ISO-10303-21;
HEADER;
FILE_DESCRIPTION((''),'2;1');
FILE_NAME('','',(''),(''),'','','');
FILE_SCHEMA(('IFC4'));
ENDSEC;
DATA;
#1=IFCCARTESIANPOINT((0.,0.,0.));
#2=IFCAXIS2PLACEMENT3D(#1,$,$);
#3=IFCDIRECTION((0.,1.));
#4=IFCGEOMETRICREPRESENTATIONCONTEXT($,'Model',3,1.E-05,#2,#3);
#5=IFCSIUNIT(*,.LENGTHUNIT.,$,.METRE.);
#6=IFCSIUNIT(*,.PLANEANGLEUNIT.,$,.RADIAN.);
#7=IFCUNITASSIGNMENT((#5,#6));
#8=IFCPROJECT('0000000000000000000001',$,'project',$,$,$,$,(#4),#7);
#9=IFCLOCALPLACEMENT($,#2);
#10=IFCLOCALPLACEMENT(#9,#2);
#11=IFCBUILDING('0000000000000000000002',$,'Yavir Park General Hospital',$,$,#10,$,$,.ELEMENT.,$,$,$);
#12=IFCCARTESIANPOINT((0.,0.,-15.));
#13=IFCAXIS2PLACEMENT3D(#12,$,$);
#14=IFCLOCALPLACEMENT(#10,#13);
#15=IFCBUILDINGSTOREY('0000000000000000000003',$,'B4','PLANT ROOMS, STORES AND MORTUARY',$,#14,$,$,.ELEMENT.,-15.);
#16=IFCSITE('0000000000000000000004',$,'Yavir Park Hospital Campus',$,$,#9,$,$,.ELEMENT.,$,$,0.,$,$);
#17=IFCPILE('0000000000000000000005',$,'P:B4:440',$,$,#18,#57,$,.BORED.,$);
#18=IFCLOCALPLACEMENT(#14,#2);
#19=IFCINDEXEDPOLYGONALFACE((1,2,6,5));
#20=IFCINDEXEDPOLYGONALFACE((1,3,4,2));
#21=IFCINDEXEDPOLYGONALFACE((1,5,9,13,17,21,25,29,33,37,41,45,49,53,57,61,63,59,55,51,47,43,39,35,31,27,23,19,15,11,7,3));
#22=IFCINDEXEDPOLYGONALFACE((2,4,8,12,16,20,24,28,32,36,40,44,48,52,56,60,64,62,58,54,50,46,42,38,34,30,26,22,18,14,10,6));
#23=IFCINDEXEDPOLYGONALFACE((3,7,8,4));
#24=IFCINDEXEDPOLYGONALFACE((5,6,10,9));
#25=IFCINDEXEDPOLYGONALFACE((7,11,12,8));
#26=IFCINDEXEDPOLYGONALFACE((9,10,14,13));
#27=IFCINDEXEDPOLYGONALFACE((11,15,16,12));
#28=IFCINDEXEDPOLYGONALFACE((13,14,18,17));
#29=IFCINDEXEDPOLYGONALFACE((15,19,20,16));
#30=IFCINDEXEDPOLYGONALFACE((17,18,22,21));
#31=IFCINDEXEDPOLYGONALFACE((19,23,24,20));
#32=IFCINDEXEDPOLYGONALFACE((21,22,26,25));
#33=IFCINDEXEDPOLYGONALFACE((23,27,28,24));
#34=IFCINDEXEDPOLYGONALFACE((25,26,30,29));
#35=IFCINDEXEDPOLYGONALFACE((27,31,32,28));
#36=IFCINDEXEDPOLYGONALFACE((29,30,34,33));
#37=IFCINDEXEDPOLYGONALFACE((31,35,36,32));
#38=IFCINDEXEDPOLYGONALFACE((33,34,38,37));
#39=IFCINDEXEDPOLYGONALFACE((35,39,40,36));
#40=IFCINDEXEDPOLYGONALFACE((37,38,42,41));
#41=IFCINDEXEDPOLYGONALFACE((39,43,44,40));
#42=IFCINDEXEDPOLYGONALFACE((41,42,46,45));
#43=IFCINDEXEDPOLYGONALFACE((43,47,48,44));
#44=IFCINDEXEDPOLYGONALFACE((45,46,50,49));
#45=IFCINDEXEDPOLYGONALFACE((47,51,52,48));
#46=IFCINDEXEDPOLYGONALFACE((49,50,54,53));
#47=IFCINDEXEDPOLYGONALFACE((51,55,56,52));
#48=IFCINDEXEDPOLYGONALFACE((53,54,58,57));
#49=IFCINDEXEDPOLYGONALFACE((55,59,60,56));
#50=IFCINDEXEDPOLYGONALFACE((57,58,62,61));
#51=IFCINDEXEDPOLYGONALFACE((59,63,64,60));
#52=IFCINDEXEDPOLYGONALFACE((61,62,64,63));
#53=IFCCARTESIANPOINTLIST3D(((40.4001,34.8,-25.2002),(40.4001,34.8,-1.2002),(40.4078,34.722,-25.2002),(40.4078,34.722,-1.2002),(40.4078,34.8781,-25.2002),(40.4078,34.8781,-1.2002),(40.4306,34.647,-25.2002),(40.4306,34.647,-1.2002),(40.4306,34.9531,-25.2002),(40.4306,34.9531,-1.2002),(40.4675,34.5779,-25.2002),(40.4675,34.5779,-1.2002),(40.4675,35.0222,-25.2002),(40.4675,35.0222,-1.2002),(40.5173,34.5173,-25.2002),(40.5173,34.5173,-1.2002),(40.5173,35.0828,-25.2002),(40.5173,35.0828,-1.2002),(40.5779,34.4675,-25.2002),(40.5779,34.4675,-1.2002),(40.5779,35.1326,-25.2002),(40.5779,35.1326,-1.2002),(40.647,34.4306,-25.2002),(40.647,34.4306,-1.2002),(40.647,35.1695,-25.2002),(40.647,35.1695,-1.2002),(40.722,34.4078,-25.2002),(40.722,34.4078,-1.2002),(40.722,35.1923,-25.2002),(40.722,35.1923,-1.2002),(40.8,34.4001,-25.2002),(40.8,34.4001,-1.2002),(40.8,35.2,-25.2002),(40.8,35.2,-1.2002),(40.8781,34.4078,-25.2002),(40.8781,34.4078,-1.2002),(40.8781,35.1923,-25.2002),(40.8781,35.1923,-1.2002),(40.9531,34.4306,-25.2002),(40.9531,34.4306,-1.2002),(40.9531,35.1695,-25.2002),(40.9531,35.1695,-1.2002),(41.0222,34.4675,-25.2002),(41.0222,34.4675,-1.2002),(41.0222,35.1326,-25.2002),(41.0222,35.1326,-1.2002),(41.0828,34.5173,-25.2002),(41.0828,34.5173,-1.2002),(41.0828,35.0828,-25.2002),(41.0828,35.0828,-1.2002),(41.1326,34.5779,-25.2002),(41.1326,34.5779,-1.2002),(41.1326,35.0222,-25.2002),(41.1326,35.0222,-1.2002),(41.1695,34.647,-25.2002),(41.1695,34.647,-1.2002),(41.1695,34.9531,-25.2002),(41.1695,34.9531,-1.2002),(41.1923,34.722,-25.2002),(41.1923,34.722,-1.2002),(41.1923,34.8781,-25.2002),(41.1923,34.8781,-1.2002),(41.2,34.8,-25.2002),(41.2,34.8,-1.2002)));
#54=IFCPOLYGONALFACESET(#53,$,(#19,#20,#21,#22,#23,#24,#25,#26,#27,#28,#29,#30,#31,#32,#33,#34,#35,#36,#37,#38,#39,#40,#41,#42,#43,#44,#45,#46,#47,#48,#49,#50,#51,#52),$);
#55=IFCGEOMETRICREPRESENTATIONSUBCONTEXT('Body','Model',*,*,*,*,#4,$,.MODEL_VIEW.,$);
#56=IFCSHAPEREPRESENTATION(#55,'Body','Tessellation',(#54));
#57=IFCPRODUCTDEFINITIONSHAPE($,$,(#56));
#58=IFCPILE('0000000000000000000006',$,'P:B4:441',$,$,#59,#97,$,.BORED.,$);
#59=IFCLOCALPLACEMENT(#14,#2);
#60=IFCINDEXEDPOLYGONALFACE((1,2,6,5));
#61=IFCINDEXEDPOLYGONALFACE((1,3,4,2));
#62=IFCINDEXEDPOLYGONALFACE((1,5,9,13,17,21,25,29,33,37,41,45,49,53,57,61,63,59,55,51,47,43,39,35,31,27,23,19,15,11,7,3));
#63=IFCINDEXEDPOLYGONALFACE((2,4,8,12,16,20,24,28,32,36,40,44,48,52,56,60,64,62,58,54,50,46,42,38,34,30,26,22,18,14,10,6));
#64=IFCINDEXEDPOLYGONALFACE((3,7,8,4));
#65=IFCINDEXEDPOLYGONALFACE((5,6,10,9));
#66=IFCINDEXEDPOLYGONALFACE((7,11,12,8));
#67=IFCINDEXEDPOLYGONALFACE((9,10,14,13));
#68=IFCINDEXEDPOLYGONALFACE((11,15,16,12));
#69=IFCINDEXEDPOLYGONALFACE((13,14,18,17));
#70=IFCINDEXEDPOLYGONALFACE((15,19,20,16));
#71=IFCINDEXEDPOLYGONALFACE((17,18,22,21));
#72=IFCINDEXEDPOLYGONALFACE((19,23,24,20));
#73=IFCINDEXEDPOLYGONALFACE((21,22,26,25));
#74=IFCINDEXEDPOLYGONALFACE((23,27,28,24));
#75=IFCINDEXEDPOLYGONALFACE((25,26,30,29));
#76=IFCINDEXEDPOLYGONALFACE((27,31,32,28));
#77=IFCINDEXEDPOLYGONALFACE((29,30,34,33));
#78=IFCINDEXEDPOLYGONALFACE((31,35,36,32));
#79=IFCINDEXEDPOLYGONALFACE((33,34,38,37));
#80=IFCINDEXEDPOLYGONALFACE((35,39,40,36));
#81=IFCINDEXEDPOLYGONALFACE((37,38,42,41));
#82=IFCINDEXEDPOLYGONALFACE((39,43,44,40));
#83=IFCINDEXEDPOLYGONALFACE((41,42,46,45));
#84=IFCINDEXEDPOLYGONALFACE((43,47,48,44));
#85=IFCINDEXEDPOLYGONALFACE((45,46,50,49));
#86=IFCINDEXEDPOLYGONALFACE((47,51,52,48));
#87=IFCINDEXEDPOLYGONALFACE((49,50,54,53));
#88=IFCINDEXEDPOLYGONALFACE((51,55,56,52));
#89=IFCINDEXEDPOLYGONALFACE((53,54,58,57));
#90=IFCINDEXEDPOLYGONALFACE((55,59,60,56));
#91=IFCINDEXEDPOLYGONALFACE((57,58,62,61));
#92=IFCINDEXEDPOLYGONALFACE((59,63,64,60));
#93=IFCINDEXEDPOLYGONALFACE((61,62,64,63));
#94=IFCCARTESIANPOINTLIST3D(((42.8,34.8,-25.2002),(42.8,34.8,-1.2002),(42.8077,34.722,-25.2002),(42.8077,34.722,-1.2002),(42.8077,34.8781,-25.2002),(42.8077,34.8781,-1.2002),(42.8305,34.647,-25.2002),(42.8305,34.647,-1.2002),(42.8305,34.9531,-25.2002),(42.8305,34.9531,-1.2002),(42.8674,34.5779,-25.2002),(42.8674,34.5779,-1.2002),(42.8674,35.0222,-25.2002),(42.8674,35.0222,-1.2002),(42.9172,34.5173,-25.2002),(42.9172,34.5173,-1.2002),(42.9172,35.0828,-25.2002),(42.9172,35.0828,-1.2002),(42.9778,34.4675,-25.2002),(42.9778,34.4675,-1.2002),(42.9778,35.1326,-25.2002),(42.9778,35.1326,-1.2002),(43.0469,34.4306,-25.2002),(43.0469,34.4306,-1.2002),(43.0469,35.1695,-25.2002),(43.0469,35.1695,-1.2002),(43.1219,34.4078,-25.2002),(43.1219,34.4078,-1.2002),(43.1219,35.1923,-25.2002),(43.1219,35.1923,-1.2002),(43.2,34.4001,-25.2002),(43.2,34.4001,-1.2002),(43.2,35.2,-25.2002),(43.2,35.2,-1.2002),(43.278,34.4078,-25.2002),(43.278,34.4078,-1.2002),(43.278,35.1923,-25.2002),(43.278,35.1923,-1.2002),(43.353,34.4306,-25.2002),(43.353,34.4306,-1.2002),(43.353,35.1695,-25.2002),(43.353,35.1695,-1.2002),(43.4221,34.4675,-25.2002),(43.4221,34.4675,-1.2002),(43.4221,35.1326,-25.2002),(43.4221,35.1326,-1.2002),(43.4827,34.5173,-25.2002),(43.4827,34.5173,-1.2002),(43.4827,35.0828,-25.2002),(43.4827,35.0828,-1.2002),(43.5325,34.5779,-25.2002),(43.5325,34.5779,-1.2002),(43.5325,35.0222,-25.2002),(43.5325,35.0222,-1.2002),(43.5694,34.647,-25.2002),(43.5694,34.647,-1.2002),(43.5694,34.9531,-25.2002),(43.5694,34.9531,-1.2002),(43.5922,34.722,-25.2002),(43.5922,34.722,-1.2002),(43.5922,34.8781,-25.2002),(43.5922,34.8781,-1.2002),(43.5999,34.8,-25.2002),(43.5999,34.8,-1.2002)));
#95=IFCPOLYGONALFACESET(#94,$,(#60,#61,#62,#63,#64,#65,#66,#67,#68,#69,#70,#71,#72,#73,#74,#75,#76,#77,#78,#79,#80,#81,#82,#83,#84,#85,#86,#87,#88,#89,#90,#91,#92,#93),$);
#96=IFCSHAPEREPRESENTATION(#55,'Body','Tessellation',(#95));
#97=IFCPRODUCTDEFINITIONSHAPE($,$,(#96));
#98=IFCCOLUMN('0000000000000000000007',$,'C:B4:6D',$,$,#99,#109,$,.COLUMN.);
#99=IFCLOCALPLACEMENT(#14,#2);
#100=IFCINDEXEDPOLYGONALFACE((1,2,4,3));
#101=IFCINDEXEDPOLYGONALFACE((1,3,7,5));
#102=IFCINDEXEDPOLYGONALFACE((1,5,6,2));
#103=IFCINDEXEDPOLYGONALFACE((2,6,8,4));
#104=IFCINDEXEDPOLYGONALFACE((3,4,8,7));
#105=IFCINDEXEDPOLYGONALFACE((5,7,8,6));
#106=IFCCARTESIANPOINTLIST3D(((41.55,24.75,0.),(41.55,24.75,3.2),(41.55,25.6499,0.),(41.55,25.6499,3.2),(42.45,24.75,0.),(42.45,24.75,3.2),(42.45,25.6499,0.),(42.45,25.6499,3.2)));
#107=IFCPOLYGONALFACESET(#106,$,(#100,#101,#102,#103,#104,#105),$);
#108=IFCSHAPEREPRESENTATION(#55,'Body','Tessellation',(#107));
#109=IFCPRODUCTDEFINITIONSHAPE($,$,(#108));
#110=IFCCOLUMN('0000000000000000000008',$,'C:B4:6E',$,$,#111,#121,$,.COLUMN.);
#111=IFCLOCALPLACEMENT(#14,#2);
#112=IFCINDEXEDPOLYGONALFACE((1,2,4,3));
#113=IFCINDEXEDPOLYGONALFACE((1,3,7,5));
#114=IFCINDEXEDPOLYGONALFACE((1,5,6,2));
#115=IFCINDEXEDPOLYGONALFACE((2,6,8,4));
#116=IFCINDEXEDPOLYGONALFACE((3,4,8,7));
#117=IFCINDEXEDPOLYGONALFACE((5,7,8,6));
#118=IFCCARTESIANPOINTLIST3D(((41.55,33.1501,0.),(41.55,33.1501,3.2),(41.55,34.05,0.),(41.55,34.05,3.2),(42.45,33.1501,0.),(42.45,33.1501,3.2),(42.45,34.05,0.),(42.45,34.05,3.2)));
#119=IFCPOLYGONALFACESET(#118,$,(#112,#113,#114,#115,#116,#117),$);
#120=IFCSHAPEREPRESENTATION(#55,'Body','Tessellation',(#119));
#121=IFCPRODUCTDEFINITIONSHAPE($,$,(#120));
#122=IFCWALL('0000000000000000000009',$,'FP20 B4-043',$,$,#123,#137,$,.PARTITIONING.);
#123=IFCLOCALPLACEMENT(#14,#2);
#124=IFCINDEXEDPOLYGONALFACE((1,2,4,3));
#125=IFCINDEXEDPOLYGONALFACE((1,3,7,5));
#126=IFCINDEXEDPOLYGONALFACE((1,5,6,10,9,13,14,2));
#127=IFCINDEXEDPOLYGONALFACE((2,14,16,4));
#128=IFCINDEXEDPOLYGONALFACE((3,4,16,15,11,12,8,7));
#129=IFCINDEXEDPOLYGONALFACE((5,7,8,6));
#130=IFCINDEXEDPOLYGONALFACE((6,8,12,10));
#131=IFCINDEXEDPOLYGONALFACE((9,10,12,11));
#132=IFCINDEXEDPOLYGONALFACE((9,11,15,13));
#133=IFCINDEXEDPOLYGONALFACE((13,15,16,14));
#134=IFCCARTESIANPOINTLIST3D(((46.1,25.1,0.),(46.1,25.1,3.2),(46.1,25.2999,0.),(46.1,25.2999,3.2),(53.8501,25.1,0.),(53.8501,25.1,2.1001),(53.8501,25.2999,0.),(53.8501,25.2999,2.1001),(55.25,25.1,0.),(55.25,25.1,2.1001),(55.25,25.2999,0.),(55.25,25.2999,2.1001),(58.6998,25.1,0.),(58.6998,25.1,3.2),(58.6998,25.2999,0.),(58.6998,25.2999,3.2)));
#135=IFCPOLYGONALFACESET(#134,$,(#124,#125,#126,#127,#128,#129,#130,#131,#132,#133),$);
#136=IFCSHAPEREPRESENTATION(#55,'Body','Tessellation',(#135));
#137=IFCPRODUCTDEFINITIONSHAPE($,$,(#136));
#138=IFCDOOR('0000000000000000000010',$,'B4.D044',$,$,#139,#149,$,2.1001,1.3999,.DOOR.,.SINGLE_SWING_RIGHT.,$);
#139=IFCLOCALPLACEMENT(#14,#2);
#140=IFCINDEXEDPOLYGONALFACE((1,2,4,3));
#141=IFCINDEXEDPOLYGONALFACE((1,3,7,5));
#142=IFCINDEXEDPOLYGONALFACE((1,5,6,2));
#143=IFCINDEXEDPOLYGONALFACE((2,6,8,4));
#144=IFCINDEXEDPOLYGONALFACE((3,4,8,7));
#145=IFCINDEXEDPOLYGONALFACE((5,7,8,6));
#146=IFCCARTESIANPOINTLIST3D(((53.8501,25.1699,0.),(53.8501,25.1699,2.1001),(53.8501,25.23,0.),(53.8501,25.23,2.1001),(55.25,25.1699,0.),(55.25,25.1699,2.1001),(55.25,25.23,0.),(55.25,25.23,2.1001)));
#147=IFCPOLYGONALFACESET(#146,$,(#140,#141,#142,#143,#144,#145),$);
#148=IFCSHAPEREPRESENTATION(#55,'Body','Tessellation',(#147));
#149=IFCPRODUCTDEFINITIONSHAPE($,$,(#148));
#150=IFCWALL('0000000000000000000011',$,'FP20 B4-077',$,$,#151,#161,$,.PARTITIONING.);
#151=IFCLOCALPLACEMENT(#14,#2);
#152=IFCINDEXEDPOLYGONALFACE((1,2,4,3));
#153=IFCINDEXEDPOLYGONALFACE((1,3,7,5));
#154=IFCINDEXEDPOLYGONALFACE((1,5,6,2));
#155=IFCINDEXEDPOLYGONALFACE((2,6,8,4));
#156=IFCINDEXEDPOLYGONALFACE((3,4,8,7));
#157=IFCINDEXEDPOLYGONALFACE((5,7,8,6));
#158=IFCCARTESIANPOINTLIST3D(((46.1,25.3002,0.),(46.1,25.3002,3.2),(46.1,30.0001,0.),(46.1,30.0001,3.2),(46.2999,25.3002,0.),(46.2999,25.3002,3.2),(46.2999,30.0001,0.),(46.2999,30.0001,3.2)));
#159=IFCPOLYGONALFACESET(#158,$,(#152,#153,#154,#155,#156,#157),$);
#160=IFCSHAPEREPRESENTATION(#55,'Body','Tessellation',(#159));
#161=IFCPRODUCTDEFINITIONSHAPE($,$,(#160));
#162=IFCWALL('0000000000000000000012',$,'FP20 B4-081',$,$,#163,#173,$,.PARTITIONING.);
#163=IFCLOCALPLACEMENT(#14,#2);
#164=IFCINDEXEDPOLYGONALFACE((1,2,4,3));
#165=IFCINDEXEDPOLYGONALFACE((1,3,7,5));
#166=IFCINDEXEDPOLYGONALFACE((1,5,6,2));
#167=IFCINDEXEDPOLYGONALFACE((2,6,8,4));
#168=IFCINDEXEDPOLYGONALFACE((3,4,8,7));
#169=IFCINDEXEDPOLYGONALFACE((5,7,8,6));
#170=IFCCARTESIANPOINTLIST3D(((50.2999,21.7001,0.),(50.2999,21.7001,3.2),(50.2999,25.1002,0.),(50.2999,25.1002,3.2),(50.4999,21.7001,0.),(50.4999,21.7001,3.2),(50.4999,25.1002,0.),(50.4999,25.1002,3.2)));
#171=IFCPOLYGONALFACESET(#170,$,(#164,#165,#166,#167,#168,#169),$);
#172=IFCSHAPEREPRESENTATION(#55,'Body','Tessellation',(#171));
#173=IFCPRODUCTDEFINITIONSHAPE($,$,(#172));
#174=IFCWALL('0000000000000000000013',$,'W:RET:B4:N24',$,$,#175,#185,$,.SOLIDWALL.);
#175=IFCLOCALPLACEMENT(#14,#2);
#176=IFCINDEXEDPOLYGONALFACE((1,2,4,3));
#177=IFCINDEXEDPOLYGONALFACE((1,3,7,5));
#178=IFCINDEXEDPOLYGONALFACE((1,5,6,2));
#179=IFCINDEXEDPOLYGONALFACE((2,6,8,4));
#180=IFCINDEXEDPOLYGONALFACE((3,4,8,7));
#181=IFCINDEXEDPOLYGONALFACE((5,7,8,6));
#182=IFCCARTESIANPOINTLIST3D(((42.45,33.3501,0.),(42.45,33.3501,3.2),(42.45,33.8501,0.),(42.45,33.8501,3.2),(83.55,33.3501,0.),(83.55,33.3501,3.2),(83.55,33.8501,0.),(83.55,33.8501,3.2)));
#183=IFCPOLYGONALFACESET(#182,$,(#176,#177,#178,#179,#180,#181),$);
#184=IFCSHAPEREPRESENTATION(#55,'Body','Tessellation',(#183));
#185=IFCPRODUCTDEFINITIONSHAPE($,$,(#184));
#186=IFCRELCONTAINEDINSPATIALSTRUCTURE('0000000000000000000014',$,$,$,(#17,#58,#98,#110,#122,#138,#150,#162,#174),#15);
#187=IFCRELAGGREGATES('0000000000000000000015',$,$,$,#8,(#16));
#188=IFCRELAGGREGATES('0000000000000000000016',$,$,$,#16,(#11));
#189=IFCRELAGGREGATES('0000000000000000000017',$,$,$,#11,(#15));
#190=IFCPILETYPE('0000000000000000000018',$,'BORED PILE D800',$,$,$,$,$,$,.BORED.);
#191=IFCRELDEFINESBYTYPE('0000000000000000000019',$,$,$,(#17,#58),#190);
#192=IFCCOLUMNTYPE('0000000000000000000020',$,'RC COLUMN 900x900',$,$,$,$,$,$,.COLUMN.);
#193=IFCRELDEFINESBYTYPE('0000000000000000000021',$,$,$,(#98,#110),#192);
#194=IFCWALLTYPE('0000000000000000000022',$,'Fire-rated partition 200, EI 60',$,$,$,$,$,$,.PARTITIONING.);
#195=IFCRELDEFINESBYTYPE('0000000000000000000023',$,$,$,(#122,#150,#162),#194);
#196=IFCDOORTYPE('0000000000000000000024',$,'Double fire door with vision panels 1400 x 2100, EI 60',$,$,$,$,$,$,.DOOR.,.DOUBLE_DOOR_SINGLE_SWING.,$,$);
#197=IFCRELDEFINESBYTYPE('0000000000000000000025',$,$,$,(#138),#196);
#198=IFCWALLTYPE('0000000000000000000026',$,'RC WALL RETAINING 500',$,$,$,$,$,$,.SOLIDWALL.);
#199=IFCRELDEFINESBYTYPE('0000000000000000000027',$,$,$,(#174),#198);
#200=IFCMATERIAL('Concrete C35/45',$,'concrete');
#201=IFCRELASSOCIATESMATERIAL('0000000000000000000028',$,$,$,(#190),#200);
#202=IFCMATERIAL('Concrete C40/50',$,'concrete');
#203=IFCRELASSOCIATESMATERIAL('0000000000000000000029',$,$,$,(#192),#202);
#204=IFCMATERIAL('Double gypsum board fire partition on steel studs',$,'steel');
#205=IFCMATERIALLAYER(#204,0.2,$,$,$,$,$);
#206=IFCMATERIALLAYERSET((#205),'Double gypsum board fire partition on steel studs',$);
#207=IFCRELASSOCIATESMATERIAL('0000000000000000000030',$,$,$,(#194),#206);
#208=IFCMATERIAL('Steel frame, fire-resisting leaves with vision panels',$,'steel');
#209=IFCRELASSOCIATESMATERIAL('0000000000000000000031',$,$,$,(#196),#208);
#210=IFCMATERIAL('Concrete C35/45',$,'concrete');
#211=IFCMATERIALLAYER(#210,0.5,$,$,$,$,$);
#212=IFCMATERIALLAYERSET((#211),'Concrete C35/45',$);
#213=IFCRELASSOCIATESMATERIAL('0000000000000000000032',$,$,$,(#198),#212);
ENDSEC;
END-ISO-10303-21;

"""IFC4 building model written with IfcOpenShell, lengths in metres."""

from ifc_helpers import new_model, si_unit, direction, frame, frame_2d, origin, origin_2d, place, context, subcontext, project, spatial, rectangle, circle, extrude, material, layer, layer_set, material_profile, profile_set, type_object, element, fill, save


model = new_model("IFC4")

# Units and contexts
model_context = context("Model", 3, precision=1e-05, world=origin(), true_north=direction((0.0, 1.0)))
body_context = subcontext(model_context, "Body", "Model", "MODEL_VIEW")
ifc_project = project(units=[si_unit("LENGTHUNIT", "METRE"), si_unit("PLANEANGLEUNIT", "RADIAN")], contexts=[model_context])

# Site, building, storey
site_placement = place(None, origin())
site = spatial("IfcSite", under=ifc_project, at=site_placement, Name="Yavir Park Hospital Campus", CompositionType="ELEMENT", RefElevation=0.0)
building_placement = place(site_placement, origin())
building = spatial("IfcBuilding", under=site, at=building_placement, Name="Yavir Park General Hospital", CompositionType="ELEMENT")
storey_placement = place(building_placement, frame((0.0, 0.0, -15.0)))
storey = spatial("IfcBuildingStorey", under=building, at=storey_placement, Name="B4", Description="PLANT ROOMS, STORES AND MORTUARY", CompositionType="ELEMENT", Elevation=-15.0)

# Piles
ifc_material_1 = material(Name="Concrete C35/45", Category="concrete")
ifc_material_profile_1 = material_profile(ifc_material_1, circle(Radius=0.3999, at=origin_2d()), Name="D800")
ifc_profile_set_1 = profile_set([ifc_material_profile_1], Name="Concrete C35/45")
pile_type_1 = type_object("IfcPileType", Name="BORED PILE D800", PredefinedType="BORED", material=ifc_profile_set_1)
for number, where, z_axis, x_axis, name in (
    (1, (40.8, 34.8, -1.2002), (0.0, 0.0, -1.0), (1.0, 0.0, 0.0), "P:B4:440"),
    (2, (43.2, 34.8, -1.2002), (0.0, 0.0, -1.0), (1.0, 0.0, 0.0), "P:B4:441"),
):
    element("IfcPile", number, at=place(storey_placement, frame(where, z_axis=z_axis, x_axis=x_axis)), inside=storey, type_object=pile_type_1, Name=name, PredefinedType="BORED", context=body_context, shape_type="SweptSolid", body=[
        extrude(circle(Radius=0.3999, at=origin_2d()), origin(), (0.0, 0.0, 1.0), 24.0),
    ])

# Columns
ifc_material_2 = material(Name="Concrete C40/50", Category="concrete")
ifc_material_profile_2 = material_profile(ifc_material_2, rectangle(XDim=0.8999, YDim=0.8999, at=origin_2d()), Name="RC900x900")
ifc_profile_set_2 = profile_set([ifc_material_profile_2], Name="Concrete C40/50")
column_type = type_object("IfcColumnType", Name="RC COLUMN 900x900", PredefinedType="COLUMN", material=ifc_profile_set_2)
for number, where, z_axis, x_axis, name in (
    (3, (42.0, 25.2, 0.0), (0.0, 0.0, 1.0), (1.0, 0.0, 0.0), "C:B4:6D"),
    (4, (42.0, 33.6001, 0.0), (0.0, 0.0, 1.0), (1.0, 0.0, 0.0), "C:B4:6E"),
):
    element("IfcColumn", number, at=place(storey_placement, frame(where, z_axis=z_axis, x_axis=x_axis)), inside=storey, type_object=column_type, Name=name, PredefinedType="COLUMN", context=body_context, shape_type="SweptSolid", body=[
        extrude(rectangle(XDim=0.8999, YDim=0.8999, at=origin_2d()), origin(), (0.0, 0.0, 1.0), 3.2),
    ])

# Wall, opening, door
ifc_material_3 = material(Name="Double gypsum board fire partition on steel studs", Category="steel")
ifc_layer_1 = layer(ifc_material_3, 0.2)
ifc_layer_set_1 = layer_set([ifc_layer_1], Name="Double gypsum board fire partition on steel studs")
wall_type_1 = type_object("IfcWallType", Name="Fire-rated partition 200, EI 60", PredefinedType="PARTITIONING", material=ifc_layer_set_1)
wall_1_placement = place(storey_placement, frame((46.1001, 25.2, 0.0), z_axis=(0.0, 0.0, 1.0), x_axis=(1.0, 0.0, 0.0)))
wall_1 = element("IfcWall", 5, at=wall_1_placement, inside=storey, type_object=wall_type_1, Name="FP20 B4-043", PredefinedType="PARTITIONING", context=body_context, shape_type="SweptSolid", body=[
    extrude(rectangle(XDim=12.5999, YDim=0.2, at=frame_2d((6.2998, 0.0))), origin(), (0.0, 0.0, 1.0), 3.2),
])
opening_1_placement = place(wall_1_placement, frame((7.75, 0.0, 0.0)))
opening_1 = element("IfcOpeningElement", 6, at=opening_1_placement, cuts=wall_1, PredefinedType="OPENING", context=body_context, shape_type="SweptSolid", body=[
    extrude(rectangle(XDim=1.3999, YDim=2.1001, at=frame_2d((0.7, 1.05))), frame((0.0, 0.1099, 0.0), z_axis=(0.0, -1.0, 0.0), x_axis=(1.0, 0.0, 0.0)), (0.0, 0.0, 1.0), 0.22),
])
ifc_material_4 = material(Name="Steel frame, fire-resisting leaves with vision panels", Category="steel")
door_type_1 = type_object("IfcDoorType", Name="Double fire door with vision panels 1400 x 2100, EI 60", OperationType="DOUBLE_DOOR_SINGLE_SWING", PredefinedType="DOOR", material=ifc_material_4)
door_1_placement = place(opening_1_placement, origin())
door_1 = element("IfcDoor", 7, at=door_1_placement, inside=storey, type_object=door_type_1, Name="B4.D044", OperationType="SINGLE_SWING_RIGHT", OverallHeight=2.1001, OverallWidth=1.3999, PredefinedType="DOOR", context=body_context, shape_type="SweptSolid", body=[
    extrude(rectangle(XDim=1.3999, YDim=2.1001, at=frame_2d((0.7, 1.05))), frame((0.0, 0.03, 0.0), z_axis=(0.0, -1.0, 0.0), x_axis=(1.0, 0.0, 0.0)), (0.0, 0.0, 1.0), 0.0601),
])
fill(opening_1, door_1)

# Walls
wall_2_placement = place(storey_placement, frame((46.2, 25.3, 0.0), z_axis=(0.0, 0.0, 1.0), x_axis=(0.0, 1.0, 0.0)))
element("IfcWall", 8, at=wall_2_placement, inside=storey, type_object=wall_type_1, Name="FP20 B4-077", PredefinedType="PARTITIONING", context=body_context, shape_type="SweptSolid", body=[
    extrude(rectangle(XDim=4.7, YDim=0.2, at=frame_2d((2.3501, 0.0))), origin(), (0.0, 0.0, 1.0), 3.2),
])
wall_3_placement = place(storey_placement, frame((50.3999, 21.7, 0.0), z_axis=(0.0, 0.0, 1.0), x_axis=(0.0, 1.0, 0.0)))
element("IfcWall", 9, at=wall_3_placement, inside=storey, type_object=wall_type_1, Name="FP20 B4-081", PredefinedType="PARTITIONING", context=body_context, shape_type="SweptSolid", body=[
    extrude(rectangle(XDim=3.4001, YDim=0.2, at=frame_2d((1.7002, 0.0))), origin(), (0.0, 0.0, 1.0), 3.2),
])
ifc_material_5 = material(Name="Concrete C35/45", Category="concrete")
ifc_layer_2 = layer(ifc_material_5, 0.5)
ifc_layer_set_2 = layer_set([ifc_layer_2], Name="Concrete C35/45")
wall_type_2 = type_object("IfcWallType", Name="RC WALL RETAINING 500", PredefinedType="SOLIDWALL", material=ifc_layer_set_2)
wall_4_placement = place(storey_placement, frame((42.45, 33.6001, 0.0), z_axis=(0.0, 0.0, 1.0), x_axis=(1.0, 0.0, 0.0)))
element("IfcWall", 10, at=wall_4_placement, inside=storey, type_object=wall_type_2, Name="W:RET:B4:N24", PredefinedType="SOLIDWALL", context=body_context, shape_type="SweptSolid", body=[
    extrude(rectangle(XDim=41.1001, YDim=0.5, at=frame_2d((20.55, 0.0))), origin(), (0.0, 0.0, 1.0), 3.2),
])

save(model, "model.ifc")
